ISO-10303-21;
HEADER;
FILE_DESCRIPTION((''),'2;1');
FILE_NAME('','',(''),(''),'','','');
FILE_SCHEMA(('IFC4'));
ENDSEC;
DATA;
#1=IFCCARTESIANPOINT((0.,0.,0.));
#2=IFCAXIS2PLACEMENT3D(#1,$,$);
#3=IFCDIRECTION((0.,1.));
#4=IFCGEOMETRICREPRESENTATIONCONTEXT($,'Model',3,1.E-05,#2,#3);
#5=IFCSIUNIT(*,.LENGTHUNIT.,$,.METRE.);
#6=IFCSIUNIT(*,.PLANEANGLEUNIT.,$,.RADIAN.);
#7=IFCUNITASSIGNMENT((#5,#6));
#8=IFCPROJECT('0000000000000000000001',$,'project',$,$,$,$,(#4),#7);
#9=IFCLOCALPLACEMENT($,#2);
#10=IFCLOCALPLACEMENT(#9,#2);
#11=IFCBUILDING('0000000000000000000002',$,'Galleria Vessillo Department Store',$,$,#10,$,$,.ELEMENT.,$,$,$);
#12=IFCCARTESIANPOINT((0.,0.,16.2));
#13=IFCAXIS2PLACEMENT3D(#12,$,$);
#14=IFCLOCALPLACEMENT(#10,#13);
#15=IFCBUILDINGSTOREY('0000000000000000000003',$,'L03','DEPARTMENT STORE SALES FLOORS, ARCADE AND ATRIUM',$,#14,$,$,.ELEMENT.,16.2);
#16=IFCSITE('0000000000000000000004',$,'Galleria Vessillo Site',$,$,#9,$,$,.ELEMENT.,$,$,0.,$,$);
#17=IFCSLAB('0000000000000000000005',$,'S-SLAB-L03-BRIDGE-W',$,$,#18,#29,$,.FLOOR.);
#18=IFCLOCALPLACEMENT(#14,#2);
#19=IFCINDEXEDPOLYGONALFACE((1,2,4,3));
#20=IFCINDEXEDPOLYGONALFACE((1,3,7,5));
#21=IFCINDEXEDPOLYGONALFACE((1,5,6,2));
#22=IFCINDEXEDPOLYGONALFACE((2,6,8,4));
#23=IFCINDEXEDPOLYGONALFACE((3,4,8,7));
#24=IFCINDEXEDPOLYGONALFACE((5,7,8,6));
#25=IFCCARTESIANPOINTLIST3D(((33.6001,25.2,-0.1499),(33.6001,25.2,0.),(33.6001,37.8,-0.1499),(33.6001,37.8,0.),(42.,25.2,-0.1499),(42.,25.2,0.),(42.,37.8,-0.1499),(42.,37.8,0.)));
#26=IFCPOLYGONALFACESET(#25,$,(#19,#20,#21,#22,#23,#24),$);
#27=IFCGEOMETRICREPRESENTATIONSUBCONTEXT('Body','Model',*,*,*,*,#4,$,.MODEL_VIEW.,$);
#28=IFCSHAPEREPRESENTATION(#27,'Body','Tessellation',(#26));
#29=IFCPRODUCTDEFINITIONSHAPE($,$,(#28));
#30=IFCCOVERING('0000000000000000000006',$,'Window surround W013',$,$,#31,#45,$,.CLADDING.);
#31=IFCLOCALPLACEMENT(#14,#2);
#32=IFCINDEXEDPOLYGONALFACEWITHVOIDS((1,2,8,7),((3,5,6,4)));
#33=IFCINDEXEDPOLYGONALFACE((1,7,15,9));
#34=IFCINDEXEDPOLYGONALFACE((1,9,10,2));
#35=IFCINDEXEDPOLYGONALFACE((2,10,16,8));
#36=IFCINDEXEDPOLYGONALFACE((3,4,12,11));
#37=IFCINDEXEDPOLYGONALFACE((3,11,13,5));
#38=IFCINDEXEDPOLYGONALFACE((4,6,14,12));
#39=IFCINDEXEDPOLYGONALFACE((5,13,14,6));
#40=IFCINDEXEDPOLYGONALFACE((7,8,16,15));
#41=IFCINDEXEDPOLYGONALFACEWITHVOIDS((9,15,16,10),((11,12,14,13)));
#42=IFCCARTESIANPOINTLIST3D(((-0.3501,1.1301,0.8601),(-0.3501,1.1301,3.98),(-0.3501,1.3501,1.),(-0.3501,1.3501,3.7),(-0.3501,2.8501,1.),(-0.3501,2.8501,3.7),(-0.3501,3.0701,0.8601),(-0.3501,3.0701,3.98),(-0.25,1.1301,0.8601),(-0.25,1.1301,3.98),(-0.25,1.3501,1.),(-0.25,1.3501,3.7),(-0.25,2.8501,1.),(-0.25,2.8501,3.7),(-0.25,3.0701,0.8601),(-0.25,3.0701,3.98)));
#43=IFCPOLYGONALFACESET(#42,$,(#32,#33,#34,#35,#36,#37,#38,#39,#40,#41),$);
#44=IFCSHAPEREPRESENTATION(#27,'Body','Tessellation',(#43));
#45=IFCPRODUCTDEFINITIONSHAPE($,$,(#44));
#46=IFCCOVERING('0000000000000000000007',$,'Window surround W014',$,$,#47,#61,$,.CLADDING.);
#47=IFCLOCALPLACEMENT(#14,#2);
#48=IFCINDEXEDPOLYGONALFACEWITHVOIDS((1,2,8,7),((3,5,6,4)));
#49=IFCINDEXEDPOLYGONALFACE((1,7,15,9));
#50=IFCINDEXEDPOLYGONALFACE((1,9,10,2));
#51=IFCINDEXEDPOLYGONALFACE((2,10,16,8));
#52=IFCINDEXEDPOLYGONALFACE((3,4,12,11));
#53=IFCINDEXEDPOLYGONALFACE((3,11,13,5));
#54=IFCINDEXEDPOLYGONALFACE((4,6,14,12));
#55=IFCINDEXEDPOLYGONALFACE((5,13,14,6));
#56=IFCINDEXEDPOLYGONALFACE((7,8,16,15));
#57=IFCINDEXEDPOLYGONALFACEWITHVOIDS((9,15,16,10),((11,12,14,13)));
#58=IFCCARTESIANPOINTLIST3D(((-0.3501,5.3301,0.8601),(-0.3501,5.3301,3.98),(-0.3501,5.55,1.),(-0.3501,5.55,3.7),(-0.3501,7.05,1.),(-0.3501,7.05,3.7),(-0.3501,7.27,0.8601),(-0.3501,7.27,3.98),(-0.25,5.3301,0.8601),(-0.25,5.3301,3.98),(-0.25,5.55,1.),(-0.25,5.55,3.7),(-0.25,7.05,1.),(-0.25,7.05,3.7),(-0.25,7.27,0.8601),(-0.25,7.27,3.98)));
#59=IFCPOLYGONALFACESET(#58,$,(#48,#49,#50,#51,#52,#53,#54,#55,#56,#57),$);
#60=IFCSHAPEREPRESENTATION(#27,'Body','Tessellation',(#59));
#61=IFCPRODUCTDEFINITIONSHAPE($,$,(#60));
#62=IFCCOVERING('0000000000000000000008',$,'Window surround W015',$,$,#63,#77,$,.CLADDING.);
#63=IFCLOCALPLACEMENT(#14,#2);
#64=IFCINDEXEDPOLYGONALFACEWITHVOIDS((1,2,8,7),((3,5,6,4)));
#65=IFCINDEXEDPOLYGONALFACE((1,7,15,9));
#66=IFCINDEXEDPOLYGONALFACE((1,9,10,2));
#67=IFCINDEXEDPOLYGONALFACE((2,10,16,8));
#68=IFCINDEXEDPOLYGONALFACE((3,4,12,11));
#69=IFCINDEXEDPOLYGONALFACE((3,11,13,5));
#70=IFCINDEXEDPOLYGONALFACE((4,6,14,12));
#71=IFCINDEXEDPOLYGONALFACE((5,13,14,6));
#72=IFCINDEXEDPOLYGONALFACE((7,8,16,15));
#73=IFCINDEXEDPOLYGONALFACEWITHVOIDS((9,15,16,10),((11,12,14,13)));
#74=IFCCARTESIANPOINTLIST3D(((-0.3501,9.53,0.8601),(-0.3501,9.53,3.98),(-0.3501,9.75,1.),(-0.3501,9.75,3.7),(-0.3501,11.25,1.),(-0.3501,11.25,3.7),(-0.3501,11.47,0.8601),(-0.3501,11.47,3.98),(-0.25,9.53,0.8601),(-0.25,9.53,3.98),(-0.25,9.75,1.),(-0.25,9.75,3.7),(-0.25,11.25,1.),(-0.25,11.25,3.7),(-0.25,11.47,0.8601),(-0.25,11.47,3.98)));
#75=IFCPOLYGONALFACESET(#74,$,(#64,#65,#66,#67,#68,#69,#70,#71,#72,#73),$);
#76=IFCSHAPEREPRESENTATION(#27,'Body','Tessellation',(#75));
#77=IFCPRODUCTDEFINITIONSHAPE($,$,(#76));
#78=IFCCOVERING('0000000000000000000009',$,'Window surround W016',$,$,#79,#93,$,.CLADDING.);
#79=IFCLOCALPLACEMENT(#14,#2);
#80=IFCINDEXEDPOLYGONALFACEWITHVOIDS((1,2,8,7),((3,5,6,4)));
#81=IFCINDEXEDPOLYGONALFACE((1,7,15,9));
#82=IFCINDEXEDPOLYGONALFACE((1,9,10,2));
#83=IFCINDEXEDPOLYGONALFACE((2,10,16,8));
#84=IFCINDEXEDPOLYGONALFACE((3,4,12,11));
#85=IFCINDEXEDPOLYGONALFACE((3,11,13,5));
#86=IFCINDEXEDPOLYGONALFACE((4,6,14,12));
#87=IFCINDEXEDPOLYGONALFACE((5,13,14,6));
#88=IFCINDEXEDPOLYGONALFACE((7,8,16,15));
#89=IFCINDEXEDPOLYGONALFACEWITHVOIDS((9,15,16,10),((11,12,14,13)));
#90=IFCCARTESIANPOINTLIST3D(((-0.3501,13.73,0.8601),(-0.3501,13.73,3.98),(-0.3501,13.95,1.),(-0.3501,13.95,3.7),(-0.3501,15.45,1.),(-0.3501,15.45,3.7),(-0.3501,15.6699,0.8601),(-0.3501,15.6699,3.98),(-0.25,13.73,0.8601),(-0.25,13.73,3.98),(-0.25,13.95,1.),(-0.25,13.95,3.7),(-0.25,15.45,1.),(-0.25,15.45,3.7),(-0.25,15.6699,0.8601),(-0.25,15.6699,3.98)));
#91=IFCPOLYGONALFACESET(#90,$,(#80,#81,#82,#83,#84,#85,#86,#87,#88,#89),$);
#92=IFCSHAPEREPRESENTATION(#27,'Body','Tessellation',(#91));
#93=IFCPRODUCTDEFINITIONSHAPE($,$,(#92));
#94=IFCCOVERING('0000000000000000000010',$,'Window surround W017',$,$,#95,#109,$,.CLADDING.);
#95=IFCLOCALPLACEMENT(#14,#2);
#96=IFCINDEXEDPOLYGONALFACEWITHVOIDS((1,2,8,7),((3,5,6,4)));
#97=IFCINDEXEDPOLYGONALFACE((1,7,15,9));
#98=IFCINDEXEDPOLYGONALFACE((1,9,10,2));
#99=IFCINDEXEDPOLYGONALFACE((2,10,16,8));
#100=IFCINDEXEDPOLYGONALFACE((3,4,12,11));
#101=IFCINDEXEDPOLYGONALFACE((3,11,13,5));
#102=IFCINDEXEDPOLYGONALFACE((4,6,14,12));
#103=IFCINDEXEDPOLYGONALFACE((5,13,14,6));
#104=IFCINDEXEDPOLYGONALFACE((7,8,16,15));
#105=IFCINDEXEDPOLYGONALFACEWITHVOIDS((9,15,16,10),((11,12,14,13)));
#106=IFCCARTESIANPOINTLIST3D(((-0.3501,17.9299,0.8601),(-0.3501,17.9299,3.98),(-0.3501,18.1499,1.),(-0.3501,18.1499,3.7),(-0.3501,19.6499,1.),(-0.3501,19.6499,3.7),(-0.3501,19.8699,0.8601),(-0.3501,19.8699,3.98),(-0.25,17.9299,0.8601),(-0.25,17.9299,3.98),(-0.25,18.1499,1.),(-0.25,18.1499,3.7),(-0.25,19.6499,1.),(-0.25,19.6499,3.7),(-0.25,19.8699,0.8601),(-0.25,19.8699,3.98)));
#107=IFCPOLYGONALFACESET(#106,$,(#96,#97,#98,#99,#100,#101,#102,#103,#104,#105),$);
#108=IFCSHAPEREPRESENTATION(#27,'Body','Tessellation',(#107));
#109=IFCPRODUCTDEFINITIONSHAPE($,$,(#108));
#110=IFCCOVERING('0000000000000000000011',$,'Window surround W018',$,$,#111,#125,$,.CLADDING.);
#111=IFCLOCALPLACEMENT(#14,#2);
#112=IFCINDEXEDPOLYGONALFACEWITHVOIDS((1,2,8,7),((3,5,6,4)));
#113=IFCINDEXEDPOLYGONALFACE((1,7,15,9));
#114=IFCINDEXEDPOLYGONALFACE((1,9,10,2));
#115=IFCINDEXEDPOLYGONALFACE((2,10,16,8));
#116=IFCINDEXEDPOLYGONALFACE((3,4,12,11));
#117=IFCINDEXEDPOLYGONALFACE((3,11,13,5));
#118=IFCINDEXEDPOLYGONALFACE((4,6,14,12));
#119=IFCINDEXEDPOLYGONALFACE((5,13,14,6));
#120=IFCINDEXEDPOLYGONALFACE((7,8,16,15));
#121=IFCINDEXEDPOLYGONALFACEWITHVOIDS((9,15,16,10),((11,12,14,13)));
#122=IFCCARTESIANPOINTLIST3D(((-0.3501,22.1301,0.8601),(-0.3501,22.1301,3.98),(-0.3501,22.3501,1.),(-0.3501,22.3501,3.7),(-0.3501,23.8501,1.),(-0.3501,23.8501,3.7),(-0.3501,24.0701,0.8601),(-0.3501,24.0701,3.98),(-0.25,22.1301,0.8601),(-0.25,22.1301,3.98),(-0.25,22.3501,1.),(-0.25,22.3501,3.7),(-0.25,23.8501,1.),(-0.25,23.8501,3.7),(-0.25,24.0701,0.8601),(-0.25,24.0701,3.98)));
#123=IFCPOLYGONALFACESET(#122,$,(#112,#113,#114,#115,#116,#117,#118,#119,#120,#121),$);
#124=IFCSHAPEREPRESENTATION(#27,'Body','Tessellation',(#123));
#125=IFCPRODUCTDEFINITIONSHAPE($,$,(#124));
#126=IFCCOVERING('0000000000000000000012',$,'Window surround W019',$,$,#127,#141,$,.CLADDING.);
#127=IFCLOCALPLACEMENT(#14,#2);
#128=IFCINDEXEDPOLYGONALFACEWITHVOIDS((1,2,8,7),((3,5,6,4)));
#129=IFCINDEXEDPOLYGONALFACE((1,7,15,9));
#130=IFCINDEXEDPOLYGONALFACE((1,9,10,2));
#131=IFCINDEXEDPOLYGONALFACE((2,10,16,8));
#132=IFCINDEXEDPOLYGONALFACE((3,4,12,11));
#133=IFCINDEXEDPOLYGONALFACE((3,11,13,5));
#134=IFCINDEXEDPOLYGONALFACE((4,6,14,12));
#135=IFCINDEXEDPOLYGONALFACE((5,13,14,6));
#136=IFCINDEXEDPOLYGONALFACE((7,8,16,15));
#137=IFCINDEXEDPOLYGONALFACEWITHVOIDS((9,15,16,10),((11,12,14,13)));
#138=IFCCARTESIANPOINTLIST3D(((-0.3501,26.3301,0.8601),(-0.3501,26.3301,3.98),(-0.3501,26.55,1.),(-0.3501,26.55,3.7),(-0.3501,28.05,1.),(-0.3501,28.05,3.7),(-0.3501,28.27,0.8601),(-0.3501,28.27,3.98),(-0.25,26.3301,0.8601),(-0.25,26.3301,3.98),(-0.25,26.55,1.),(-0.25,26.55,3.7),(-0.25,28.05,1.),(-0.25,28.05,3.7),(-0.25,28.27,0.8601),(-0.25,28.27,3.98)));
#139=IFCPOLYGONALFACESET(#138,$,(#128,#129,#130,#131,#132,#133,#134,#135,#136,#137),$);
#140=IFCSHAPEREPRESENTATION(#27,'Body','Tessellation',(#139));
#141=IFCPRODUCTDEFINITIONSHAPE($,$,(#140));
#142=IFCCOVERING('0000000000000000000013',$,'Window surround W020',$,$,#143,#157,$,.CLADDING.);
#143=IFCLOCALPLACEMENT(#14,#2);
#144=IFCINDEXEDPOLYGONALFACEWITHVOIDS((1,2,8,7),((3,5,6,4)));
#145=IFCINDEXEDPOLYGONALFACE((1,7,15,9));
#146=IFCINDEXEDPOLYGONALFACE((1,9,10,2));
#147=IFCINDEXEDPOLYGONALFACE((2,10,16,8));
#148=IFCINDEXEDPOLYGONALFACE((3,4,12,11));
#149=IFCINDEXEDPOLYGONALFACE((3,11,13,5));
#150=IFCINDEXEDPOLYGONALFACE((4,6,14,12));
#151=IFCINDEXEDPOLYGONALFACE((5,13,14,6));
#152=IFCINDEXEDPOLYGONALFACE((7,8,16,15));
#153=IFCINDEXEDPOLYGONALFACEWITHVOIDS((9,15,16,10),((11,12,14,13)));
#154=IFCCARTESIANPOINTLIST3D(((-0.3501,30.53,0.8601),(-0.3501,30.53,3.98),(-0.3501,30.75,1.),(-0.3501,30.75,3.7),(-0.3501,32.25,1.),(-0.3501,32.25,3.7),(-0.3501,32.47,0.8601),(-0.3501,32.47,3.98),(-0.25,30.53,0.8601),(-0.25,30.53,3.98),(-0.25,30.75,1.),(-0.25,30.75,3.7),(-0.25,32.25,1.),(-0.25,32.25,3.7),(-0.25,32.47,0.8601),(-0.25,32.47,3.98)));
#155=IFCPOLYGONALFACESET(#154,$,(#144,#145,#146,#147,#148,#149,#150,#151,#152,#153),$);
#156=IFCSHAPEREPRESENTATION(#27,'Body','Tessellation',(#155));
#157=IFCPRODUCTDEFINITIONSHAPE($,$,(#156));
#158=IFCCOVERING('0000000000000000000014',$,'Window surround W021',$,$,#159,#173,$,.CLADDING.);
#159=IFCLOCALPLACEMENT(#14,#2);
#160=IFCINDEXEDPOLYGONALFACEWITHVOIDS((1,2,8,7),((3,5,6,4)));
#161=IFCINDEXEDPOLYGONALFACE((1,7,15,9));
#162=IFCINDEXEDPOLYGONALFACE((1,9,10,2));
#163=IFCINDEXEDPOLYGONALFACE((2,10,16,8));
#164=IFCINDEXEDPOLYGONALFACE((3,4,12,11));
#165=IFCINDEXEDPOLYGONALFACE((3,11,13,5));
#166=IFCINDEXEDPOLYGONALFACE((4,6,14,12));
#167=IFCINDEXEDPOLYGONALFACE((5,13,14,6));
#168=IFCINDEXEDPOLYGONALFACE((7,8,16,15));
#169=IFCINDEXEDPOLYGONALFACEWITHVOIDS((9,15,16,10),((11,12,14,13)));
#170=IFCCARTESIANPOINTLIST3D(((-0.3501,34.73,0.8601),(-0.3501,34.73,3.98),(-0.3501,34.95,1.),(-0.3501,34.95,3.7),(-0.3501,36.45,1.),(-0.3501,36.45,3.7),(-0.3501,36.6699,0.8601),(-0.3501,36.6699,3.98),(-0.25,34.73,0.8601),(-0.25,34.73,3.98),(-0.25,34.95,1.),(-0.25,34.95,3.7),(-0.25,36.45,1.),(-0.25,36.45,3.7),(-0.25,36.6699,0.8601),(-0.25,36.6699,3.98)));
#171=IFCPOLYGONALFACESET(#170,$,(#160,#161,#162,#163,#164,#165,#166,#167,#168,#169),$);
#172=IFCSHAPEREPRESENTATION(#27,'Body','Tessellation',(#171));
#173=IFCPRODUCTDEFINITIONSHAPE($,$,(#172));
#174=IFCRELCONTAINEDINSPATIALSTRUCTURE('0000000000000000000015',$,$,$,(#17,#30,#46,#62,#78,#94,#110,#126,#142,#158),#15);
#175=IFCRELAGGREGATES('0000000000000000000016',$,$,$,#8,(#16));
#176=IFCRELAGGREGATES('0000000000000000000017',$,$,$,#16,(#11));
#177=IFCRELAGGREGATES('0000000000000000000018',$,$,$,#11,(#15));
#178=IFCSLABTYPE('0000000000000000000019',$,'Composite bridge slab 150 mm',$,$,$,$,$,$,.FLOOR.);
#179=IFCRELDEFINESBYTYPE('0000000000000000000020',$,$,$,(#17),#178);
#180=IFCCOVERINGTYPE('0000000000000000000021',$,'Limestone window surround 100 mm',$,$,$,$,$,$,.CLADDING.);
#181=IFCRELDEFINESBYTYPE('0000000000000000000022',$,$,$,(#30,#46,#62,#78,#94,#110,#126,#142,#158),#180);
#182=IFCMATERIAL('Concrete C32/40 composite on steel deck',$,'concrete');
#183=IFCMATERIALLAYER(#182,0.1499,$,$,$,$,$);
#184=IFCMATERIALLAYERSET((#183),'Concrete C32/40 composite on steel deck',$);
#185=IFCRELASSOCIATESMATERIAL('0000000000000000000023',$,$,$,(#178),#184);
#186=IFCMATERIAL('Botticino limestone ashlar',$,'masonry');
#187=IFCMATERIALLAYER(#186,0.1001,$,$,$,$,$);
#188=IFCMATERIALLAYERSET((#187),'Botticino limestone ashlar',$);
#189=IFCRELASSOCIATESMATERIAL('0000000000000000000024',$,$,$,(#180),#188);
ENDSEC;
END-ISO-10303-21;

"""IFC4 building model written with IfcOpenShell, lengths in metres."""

from ifc_helpers import new_model, si_unit, direction, frame, origin, place, context, subcontext, project, spatial, polyline, outline, extrude, material, layer, layer_set, type_object, element, save


model = new_model("IFC4")

# Units and contexts
model_context = context("Model", 3, precision=1e-05, world=origin(), true_north=direction((0.0, 1.0)))
body_context = subcontext(model_context, "Body", "Model", "MODEL_VIEW")
ifc_project = project(units=[si_unit("LENGTHUNIT", "METRE"), si_unit("PLANEANGLEUNIT", "RADIAN")], contexts=[model_context])

# Site, building, storey
site_placement = place(None, origin())
site = spatial("IfcSite", under=ifc_project, at=site_placement, Name="Galleria Vessillo Site", CompositionType="ELEMENT", RefElevation=0.0)
building_placement = place(site_placement, origin())
building = spatial("IfcBuilding", under=site, at=building_placement, Name="Galleria Vessillo Department Store", CompositionType="ELEMENT")
storey_placement = place(building_placement, frame((0.0, 0.0, 16.2)))
storey = spatial("IfcBuildingStorey", under=building, at=storey_placement, Name="L03", Description="DEPARTMENT STORE SALES FLOORS, ARCADE AND ATRIUM", CompositionType="ELEMENT", Elevation=16.2)

# Slab
ifc_material_1 = material(Name="Concrete C32/40 composite on steel deck", Category="concrete")
ifc_layer_1 = layer(ifc_material_1, 0.1499)
ifc_layer_set_1 = layer_set([ifc_layer_1], Name="Concrete C32/40 composite on steel deck")
slab_type_1 = type_object("IfcSlabType", Name="Composite bridge slab 150 mm", PredefinedType="FLOOR", material=ifc_layer_set_1)
slab_1_placement = place(storey_placement, frame((0.0, 0.0, -0.1499)))
element("IfcSlab", 1, at=slab_1_placement, inside=storey, type_object=slab_type_1, Name="S-SLAB-L03-BRIDGE-W", PredefinedType="FLOOR", context=body_context, shape_type="SweptSolid", body=[
    extrude(outline(polyline([(42.0, 25.2), (42.0, 37.8), (33.6001, 37.8), (33.6001, 25.2), (42.0, 25.2)])), origin(), (0.0, 0.0, 1.0), 0.1499),
])

# Coverings
ifc_material_2 = material(Name="Botticino limestone ashlar", Category="masonry")
ifc_layer_2 = layer(ifc_material_2, 0.1001)
ifc_layer_set_2 = layer_set([ifc_layer_2], Name="Botticino limestone ashlar")
covering_type_1 = type_object("IfcCoveringType", Name="Limestone window surround 100 mm", PredefinedType="CLADDING", material=ifc_layer_set_2)
covering_1_placement = place(storey_placement, frame((-0.25, 0.0, 1.0), z_axis=(-1.0, 0.0, 0.0), x_axis=(0.0, -1.0, 0.0)))
element("IfcCovering", 2, at=covering_1_placement, inside=storey, type_object=covering_type_1, Name="Window surround W013", PredefinedType="CLADDING", context=body_context, shape_type="SweptSolid", body=[
    extrude(outline(polyline([(-1.1301, 2.98), (-3.0701, 2.98), (-3.0701, -0.1399), (-1.1301, -0.1399), (-1.1301, 2.98)]), holes=[polyline([(-1.3501, 2.7), (-2.8501, 2.7), (-2.8501, 0.0), (-1.3501, 0.0), (-1.3501, 2.7)])]), origin(), (0.0, 0.0, 1.0), 0.1001),
])
covering_2_placement = place(storey_placement, frame((-0.25, 0.0, 1.0), z_axis=(-1.0, 0.0, 0.0), x_axis=(0.0, -1.0, 0.0)))
element("IfcCovering", 3, at=covering_2_placement, inside=storey, type_object=covering_type_1, Name="Window surround W014", PredefinedType="CLADDING", context=body_context, shape_type="SweptSolid", body=[
    extrude(outline(polyline([(-5.3301, 2.98), (-7.27, 2.98), (-7.27, -0.1399), (-5.3301, -0.1399), (-5.3301, 2.98)]), holes=[polyline([(-5.55, 2.7), (-7.05, 2.7), (-7.05, 0.0), (-5.55, 0.0), (-5.55, 2.7)])]), origin(), (0.0, 0.0, 1.0), 0.1001),
])
covering_3_placement = place(storey_placement, frame((-0.25, 0.0, 1.0), z_axis=(-1.0, 0.0, 0.0), x_axis=(0.0, -1.0, 0.0)))
element("IfcCovering", 4, at=covering_3_placement, inside=storey, type_object=covering_type_1, Name="Window surround W015", PredefinedType="CLADDING", context=body_context, shape_type="SweptSolid", body=[
    extrude(outline(polyline([(-9.53, 2.98), (-11.47, 2.98), (-11.47, -0.1399), (-9.53, -0.1399), (-9.53, 2.98)]), holes=[polyline([(-9.75, 2.7), (-11.25, 2.7), (-11.25, 0.0), (-9.75, 0.0), (-9.75, 2.7)])]), origin(), (0.0, 0.0, 1.0), 0.1001),
])
covering_4_placement = place(storey_placement, frame((-0.25, 0.0, 1.0), z_axis=(-1.0, 0.0, 0.0), x_axis=(0.0, -1.0, 0.0)))
element("IfcCovering", 5, at=covering_4_placement, inside=storey, type_object=covering_type_1, Name="Window surround W016", PredefinedType="CLADDING", context=body_context, shape_type="SweptSolid", body=[
    extrude(outline(polyline([(-13.73, 2.98), (-15.6699, 2.98), (-15.6699, -0.1399), (-13.73, -0.1399), (-13.73, 2.98)]), holes=[polyline([(-13.95, 2.7), (-15.45, 2.7), (-15.45, 0.0), (-13.95, 0.0), (-13.95, 2.7)])]), origin(), (0.0, 0.0, 1.0), 0.1001),
])
covering_5_placement = place(storey_placement, frame((-0.25, 0.0, 1.0), z_axis=(-1.0, 0.0, 0.0), x_axis=(0.0, -1.0, 0.0)))
element("IfcCovering", 6, at=covering_5_placement, inside=storey, type_object=covering_type_1, Name="Window surround W017", PredefinedType="CLADDING", context=body_context, shape_type="SweptSolid", body=[
    extrude(outline(polyline([(-17.9299, 2.98), (-19.8699, 2.98), (-19.8699, -0.1399), (-17.9299, -0.1399), (-17.9299, 2.98)]), holes=[polyline([(-18.1499, 2.7), (-19.6499, 2.7), (-19.6499, 0.0), (-18.1499, 0.0), (-18.1499, 2.7)])]), origin(), (0.0, 0.0, 1.0), 0.1001),
])
covering_6_placement = place(storey_placement, frame((-0.25, 0.0, 1.0), z_axis=(-1.0, 0.0, 0.0), x_axis=(0.0, -1.0, 0.0)))
element("IfcCovering", 7, at=covering_6_placement, inside=storey, type_object=covering_type_1, Name="Window surround W018", PredefinedType="CLADDING", context=body_context, shape_type="SweptSolid", body=[
    extrude(outline(polyline([(-22.1301, 2.98), (-24.0701, 2.98), (-24.0701, -0.1399), (-22.1301, -0.1399), (-22.1301, 2.98)]), holes=[polyline([(-22.3501, 2.7), (-23.8501, 2.7), (-23.8501, 0.0), (-22.3501, 0.0), (-22.3501, 2.7)])]), origin(), (0.0, 0.0, 1.0), 0.1001),
])
covering_7_placement = place(storey_placement, frame((-0.25, 0.0, 1.0), z_axis=(-1.0, 0.0, 0.0), x_axis=(0.0, -1.0, 0.0)))
element("IfcCovering", 8, at=covering_7_placement, inside=storey, type_object=covering_type_1, Name="Window surround W019", PredefinedType="CLADDING", context=body_context, shape_type="SweptSolid", body=[
    extrude(outline(polyline([(-26.3301, 2.98), (-28.27, 2.98), (-28.27, -0.1399), (-26.3301, -0.1399), (-26.3301, 2.98)]), holes=[polyline([(-26.55, 2.7), (-28.05, 2.7), (-28.05, 0.0), (-26.55, 0.0), (-26.55, 2.7)])]), origin(), (0.0, 0.0, 1.0), 0.1001),
])
covering_8_placement = place(storey_placement, frame((-0.25, 0.0, 1.0), z_axis=(-1.0, 0.0, 0.0), x_axis=(0.0, -1.0, 0.0)))
element("IfcCovering", 9, at=covering_8_placement, inside=storey, type_object=covering_type_1, Name="Window surround W020", PredefinedType="CLADDING", context=body_context, shape_type="SweptSolid", body=[
    extrude(outline(polyline([(-30.53, 2.98), (-32.47, 2.98), (-32.47, -0.1399), (-30.53, -0.1399), (-30.53, 2.98)]), holes=[polyline([(-30.75, 2.7), (-32.25, 2.7), (-32.25, 0.0), (-30.75, 0.0), (-30.75, 2.7)])]), origin(), (0.0, 0.0, 1.0), 0.1001),
])
covering_9_placement = place(storey_placement, frame((-0.25, 0.0, 1.0), z_axis=(-1.0, 0.0, 0.0), x_axis=(0.0, -1.0, 0.0)))
element("IfcCovering", 10, at=covering_9_placement, inside=storey, type_object=covering_type_1, Name="Window surround W021", PredefinedType="CLADDING", context=body_context, shape_type="SweptSolid", body=[
    extrude(outline(polyline([(-34.73, 2.98), (-36.6699, 2.98), (-36.6699, -0.1399), (-34.73, -0.1399), (-34.73, 2.98)]), holes=[polyline([(-34.95, 2.7), (-36.45, 2.7), (-36.45, 0.0), (-34.95, 0.0), (-34.95, 2.7)])]), origin(), (0.0, 0.0, 1.0), 0.1001),
])

save(model, "model.ifc")
